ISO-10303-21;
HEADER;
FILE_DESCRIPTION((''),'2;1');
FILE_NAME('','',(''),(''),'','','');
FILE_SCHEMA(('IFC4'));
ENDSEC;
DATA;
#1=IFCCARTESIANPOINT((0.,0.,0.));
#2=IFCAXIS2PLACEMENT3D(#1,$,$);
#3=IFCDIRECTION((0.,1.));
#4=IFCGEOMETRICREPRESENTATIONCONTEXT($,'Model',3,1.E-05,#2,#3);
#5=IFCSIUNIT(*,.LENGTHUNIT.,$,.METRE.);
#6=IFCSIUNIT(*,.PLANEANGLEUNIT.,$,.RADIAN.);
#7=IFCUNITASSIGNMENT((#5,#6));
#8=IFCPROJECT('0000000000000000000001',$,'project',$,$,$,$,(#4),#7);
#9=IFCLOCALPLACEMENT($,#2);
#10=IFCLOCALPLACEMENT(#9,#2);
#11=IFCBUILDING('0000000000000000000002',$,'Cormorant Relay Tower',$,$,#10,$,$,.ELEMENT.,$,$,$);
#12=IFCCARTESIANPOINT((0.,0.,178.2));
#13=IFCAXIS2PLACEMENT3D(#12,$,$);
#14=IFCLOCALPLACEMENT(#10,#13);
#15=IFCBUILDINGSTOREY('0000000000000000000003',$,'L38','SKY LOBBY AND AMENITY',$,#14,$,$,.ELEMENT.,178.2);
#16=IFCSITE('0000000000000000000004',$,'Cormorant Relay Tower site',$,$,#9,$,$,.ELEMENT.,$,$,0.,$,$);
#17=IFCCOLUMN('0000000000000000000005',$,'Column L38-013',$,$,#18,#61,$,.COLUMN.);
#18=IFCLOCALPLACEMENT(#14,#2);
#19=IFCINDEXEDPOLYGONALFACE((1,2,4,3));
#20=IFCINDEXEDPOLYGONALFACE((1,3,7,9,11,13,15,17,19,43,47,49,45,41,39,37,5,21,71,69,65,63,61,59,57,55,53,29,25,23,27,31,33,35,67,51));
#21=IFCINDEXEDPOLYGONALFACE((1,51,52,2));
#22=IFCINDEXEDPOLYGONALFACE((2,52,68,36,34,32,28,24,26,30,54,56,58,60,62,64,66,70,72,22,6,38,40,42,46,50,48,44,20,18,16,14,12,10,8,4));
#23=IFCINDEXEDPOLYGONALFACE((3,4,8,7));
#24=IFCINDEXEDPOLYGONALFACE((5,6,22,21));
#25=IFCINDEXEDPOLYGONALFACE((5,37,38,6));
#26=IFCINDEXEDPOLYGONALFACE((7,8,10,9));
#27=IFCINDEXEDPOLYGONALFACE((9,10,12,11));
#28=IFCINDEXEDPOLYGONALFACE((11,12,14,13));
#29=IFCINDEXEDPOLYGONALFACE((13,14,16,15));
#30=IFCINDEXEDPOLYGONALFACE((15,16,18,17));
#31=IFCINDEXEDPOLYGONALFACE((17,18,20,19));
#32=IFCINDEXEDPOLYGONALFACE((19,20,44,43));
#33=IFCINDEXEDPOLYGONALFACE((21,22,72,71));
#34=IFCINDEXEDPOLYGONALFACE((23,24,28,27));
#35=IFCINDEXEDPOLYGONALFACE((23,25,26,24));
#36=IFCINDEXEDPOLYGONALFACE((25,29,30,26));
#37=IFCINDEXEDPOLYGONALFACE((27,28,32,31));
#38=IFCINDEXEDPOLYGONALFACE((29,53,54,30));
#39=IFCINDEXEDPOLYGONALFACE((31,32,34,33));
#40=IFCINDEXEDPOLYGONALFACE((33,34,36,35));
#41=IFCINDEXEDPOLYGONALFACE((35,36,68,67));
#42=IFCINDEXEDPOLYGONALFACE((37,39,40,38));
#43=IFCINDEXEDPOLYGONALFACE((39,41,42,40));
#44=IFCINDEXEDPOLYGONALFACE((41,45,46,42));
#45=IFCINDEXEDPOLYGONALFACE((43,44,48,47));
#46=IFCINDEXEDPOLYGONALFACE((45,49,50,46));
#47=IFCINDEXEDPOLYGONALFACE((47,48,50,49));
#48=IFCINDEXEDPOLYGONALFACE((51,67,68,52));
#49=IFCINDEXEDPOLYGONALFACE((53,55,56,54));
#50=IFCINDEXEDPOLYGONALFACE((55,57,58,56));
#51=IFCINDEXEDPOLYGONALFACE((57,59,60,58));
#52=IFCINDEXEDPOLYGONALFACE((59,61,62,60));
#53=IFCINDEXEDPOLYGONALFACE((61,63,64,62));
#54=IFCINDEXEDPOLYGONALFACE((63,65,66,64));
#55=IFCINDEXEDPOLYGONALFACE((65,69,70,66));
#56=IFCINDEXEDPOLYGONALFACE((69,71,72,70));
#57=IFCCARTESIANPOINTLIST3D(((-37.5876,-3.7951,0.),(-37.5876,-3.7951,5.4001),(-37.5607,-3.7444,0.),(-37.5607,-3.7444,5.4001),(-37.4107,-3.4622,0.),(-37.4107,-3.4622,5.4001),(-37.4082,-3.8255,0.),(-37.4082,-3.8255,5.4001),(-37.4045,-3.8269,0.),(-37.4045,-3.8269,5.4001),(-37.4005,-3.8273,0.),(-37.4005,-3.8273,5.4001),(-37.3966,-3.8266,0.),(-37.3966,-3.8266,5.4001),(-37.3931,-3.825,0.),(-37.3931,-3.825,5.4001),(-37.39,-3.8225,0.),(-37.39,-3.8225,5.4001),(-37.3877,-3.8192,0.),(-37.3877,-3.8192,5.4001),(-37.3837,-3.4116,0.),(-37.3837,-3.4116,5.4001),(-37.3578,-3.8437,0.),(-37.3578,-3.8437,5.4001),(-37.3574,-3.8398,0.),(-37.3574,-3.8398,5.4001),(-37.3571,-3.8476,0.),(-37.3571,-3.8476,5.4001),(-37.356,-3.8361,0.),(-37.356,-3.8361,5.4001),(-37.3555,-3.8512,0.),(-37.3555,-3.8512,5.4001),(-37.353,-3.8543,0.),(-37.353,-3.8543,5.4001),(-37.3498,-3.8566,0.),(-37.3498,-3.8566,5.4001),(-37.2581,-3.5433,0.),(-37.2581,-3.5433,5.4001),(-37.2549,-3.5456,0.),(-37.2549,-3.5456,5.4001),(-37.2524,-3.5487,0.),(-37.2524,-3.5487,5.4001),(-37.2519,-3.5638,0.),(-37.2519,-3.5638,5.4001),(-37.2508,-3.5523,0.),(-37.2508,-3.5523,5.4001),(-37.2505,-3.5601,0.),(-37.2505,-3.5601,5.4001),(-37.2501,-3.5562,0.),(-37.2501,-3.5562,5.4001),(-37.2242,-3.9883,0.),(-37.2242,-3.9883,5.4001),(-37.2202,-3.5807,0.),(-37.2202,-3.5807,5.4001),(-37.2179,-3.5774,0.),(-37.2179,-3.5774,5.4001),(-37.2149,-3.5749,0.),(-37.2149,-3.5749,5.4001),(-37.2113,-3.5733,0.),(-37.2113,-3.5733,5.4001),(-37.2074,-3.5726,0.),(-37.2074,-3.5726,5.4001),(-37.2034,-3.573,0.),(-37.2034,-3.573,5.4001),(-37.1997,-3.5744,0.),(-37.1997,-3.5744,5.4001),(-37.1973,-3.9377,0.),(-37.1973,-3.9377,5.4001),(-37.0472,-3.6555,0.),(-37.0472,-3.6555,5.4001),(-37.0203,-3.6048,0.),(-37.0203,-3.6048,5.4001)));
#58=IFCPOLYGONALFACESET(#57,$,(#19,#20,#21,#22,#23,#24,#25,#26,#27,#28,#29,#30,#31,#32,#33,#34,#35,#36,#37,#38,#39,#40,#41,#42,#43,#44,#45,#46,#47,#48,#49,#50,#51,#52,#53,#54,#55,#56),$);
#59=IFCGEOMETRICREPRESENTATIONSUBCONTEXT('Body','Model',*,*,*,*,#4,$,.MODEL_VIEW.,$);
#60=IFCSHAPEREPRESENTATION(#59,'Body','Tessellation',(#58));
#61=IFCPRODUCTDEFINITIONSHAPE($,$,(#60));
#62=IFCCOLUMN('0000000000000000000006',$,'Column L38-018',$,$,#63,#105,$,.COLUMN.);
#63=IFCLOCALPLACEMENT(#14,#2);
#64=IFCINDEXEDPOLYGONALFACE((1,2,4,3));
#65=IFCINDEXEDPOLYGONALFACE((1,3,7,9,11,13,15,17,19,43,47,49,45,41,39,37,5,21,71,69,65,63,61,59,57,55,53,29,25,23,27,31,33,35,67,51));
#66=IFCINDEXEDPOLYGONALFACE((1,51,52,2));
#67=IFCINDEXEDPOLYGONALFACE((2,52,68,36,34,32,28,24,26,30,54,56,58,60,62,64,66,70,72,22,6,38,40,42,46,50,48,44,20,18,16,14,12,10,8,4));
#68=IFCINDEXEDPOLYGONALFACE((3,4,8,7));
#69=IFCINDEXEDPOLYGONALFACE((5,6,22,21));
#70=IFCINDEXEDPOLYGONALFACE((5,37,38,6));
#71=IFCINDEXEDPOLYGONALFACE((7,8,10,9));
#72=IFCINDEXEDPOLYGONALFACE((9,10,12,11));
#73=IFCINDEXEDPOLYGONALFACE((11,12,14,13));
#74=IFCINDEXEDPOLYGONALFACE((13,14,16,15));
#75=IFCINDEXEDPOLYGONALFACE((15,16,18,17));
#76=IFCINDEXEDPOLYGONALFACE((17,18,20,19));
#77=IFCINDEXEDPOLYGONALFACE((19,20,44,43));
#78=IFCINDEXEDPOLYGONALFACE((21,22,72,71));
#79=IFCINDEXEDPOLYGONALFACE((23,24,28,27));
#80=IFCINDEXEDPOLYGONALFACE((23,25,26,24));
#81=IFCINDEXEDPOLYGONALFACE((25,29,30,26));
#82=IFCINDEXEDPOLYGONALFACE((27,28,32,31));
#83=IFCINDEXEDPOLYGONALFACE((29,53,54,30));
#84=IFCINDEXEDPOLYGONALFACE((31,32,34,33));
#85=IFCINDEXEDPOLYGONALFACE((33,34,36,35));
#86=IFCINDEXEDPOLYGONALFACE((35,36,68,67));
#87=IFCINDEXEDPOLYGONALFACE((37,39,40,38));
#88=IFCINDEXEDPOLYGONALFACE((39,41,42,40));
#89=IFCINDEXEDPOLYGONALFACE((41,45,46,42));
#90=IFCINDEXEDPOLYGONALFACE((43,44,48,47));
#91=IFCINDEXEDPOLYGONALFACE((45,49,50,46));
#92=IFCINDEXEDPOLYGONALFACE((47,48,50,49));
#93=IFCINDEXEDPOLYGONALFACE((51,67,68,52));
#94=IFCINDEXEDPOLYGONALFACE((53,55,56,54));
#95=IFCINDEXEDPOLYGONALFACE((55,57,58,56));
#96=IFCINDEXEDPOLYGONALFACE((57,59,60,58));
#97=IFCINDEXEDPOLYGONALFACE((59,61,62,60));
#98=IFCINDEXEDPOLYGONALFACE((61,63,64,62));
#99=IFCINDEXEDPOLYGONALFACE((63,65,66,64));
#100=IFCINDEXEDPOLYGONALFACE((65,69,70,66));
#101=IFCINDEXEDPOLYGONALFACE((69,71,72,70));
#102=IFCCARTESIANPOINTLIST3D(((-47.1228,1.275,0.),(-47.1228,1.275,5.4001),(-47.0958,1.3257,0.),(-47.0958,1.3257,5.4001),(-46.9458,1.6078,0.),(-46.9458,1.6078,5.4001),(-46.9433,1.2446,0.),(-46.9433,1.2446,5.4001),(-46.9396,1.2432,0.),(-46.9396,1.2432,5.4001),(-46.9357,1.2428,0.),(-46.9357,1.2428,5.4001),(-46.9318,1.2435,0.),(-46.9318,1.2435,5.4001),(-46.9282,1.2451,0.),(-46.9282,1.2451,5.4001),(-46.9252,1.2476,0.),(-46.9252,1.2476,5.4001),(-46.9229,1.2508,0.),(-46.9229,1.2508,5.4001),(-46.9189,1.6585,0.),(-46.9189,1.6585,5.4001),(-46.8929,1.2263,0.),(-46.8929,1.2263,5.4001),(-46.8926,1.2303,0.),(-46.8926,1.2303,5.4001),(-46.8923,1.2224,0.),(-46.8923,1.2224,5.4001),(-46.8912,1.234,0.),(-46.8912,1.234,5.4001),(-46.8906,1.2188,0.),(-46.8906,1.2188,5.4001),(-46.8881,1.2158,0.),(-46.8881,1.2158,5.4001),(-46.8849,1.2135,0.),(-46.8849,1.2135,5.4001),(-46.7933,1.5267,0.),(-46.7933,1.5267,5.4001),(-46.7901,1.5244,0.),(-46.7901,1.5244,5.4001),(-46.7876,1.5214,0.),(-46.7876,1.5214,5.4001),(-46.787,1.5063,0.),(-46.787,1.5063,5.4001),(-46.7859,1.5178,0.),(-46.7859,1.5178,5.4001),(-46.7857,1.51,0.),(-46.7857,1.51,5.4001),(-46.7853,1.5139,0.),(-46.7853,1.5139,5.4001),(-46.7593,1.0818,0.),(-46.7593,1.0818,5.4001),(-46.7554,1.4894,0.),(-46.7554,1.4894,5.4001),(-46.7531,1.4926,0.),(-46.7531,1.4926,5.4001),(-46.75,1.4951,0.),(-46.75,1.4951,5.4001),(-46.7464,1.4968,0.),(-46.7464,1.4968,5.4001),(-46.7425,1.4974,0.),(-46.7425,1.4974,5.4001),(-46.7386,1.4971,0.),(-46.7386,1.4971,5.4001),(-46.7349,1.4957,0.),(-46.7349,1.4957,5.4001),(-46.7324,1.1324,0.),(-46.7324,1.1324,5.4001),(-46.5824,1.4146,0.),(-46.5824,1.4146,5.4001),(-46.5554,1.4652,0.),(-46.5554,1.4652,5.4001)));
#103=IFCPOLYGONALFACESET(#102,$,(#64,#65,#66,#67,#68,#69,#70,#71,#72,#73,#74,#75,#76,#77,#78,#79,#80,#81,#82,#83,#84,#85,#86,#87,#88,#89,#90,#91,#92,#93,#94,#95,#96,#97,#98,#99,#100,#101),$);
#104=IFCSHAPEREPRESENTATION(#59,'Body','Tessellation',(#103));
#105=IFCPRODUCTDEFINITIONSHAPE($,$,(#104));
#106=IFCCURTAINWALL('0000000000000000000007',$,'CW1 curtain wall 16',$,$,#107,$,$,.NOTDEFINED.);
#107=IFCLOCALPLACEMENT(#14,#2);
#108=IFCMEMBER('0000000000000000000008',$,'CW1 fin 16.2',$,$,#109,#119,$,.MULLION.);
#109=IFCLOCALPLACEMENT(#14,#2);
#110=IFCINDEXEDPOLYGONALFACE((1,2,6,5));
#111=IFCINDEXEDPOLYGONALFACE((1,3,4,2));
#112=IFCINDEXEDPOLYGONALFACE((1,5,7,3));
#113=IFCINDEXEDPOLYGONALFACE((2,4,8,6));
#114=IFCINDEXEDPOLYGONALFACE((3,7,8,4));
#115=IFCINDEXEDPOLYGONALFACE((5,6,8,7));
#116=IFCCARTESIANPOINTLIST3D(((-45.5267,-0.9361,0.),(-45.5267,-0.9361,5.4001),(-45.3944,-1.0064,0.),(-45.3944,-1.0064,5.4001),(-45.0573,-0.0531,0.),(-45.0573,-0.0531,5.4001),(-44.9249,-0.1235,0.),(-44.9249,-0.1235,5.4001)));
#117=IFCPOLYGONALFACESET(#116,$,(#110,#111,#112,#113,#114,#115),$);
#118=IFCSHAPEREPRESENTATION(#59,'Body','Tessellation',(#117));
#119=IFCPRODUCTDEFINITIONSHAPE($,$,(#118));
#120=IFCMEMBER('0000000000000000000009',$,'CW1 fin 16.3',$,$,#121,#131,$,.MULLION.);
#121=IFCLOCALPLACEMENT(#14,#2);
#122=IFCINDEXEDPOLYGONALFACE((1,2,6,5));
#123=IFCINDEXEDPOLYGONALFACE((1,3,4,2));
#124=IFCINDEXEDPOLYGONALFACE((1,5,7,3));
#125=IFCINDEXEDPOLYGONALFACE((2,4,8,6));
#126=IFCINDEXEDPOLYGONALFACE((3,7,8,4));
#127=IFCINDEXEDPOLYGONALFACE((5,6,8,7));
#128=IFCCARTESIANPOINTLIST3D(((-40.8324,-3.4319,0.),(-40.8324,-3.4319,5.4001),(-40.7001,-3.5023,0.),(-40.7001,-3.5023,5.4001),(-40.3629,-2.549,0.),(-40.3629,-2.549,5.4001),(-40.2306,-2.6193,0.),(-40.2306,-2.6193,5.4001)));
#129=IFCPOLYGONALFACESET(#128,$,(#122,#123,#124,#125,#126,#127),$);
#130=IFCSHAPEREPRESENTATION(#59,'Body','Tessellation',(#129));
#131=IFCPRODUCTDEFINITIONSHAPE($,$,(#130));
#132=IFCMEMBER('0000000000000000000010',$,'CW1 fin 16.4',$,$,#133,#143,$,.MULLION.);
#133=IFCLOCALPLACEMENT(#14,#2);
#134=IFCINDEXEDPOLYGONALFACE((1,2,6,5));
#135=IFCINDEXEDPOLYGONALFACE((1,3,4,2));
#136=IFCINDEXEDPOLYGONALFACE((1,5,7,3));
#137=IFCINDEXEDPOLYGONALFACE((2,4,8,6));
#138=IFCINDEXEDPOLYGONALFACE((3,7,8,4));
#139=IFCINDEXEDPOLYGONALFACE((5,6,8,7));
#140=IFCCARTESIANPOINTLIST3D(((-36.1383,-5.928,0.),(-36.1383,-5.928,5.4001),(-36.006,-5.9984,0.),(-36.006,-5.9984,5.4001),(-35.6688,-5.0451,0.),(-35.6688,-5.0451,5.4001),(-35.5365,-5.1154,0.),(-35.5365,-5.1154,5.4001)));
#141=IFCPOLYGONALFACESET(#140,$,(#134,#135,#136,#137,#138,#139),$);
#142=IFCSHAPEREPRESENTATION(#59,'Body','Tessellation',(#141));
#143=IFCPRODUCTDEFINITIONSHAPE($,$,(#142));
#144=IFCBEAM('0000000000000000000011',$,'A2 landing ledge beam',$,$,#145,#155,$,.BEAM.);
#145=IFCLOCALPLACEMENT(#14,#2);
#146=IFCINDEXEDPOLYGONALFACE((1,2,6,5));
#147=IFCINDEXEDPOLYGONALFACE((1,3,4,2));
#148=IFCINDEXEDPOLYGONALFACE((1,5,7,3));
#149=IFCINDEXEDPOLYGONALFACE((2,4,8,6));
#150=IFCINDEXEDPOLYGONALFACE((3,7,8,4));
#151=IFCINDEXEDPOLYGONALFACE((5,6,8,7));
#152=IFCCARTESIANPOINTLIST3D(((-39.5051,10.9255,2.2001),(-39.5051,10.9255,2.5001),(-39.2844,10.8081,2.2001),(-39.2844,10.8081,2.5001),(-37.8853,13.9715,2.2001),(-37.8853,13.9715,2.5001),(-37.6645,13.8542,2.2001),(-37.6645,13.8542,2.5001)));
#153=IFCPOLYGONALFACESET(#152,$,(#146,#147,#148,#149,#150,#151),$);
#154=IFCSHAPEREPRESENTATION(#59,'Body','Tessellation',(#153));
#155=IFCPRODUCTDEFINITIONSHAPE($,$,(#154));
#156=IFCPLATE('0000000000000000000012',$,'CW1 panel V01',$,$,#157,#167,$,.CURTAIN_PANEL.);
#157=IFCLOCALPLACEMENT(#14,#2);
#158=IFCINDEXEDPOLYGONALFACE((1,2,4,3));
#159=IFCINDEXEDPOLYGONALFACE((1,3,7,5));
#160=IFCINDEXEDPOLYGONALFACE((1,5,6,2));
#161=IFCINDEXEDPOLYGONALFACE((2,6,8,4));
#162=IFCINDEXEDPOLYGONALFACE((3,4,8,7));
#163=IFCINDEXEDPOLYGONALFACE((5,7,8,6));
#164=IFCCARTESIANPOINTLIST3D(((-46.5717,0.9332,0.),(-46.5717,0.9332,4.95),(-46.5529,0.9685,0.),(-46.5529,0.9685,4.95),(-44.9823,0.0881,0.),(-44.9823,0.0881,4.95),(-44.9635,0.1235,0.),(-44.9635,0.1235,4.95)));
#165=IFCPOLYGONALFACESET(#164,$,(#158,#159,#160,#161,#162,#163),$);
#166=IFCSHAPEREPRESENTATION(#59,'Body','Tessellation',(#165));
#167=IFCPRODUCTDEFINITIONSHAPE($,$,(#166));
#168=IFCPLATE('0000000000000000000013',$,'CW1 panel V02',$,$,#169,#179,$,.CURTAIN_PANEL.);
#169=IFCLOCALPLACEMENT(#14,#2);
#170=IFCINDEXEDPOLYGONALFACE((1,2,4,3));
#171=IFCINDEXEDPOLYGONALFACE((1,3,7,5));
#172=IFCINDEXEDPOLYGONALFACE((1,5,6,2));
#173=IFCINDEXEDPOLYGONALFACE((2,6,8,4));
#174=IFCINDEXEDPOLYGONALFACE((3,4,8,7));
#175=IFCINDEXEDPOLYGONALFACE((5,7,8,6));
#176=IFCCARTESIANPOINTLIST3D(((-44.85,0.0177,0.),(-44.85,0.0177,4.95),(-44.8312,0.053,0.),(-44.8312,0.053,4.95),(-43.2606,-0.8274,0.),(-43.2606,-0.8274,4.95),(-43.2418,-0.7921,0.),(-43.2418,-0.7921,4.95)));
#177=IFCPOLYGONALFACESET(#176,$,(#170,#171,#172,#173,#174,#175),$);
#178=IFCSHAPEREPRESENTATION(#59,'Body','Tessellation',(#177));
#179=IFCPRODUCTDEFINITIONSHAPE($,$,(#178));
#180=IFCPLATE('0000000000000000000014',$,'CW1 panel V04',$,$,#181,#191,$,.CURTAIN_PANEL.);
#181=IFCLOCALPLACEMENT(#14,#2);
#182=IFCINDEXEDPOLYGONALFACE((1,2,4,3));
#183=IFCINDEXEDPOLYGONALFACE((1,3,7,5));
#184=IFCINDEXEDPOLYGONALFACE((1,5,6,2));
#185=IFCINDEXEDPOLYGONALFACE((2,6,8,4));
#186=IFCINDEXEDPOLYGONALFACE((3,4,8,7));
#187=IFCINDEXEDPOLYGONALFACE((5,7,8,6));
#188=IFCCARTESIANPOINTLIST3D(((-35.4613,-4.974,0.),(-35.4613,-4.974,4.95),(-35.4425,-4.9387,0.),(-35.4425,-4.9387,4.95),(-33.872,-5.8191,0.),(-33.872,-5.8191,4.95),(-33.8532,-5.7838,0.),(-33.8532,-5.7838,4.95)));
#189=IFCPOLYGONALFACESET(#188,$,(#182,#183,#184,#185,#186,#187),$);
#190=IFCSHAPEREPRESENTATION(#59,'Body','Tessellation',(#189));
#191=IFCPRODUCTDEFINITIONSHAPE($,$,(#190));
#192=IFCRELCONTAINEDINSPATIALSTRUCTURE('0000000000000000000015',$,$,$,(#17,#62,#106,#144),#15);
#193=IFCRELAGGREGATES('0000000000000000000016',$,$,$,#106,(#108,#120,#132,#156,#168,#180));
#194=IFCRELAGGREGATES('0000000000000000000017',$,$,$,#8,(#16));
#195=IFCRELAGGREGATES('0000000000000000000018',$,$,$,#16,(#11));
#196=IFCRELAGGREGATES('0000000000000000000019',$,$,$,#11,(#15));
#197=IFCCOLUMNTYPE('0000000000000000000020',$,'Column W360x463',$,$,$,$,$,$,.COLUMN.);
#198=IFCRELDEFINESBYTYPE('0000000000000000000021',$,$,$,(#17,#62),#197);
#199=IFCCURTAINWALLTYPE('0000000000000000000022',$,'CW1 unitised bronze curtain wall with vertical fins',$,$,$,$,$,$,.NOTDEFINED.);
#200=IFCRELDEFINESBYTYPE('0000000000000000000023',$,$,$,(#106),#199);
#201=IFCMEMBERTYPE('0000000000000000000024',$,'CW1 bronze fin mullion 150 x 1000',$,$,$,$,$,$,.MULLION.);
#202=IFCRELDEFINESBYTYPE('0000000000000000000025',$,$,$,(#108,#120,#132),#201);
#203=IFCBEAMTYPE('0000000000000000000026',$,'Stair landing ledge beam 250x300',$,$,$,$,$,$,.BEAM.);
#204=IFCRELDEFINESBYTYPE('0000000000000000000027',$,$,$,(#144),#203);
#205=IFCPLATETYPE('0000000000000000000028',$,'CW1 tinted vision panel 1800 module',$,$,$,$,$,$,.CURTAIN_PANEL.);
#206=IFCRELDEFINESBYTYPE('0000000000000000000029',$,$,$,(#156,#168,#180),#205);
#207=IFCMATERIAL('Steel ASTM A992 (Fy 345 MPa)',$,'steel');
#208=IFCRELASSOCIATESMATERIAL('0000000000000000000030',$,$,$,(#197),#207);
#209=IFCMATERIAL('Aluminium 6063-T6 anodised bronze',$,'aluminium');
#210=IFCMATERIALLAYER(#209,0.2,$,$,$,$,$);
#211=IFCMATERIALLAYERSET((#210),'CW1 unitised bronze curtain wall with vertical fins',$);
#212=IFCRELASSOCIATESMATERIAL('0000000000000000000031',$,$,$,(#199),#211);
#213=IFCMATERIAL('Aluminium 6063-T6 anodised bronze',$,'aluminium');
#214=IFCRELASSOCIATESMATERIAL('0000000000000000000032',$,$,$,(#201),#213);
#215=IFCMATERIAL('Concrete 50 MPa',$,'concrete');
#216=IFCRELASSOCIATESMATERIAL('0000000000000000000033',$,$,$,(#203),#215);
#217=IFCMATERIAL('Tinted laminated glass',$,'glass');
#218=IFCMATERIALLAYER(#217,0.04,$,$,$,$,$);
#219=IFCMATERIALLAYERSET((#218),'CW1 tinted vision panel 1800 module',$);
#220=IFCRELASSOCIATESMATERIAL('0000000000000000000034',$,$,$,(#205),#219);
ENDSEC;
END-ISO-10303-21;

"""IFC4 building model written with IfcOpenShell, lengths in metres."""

from ifc_helpers import new_model, si_unit, direction, frame, origin, origin_2d, place, context, subcontext, project, spatial, rectangle, i_section, extrude, material, layer, layer_set, material_profile, profile_set, type_object, element, aggregate, save


model = new_model("IFC4")

# Units and contexts
model_context = context("Model", 3, precision=1e-05, world=origin(), true_north=direction((0.0, 1.0)))
body_context = subcontext(model_context, "Body", "Model", "MODEL_VIEW")
ifc_project = project(units=[si_unit("LENGTHUNIT", "METRE"), si_unit("PLANEANGLEUNIT", "RADIAN")], contexts=[model_context])

# Site, building, storey
site_placement = place(None, origin())
site = spatial("IfcSite", under=ifc_project, at=site_placement, Name="Cormorant Relay Tower site", CompositionType="ELEMENT", RefElevation=0.0)
building_placement = place(site_placement, origin())
building = spatial("IfcBuilding", under=site, at=building_placement, Name="Cormorant Relay Tower", CompositionType="ELEMENT")
storey_placement = place(building_placement, frame((0.0, 0.0, 178.2)))
storey = spatial("IfcBuildingStorey", under=building, at=storey_placement, Name="L38", Description="SKY LOBBY AND AMENITY", CompositionType="ELEMENT", Elevation=178.2)

# Columns
ifc_material_1 = material(Name="Steel ASTM A992 (Fy 345 MPa)", Category="steel")
ifc_material_profile_1 = material_profile(ifc_material_1, i_section(OverallWidth=0.4116, OverallDepth=0.4343, WebThickness=0.0359, FlangeThickness=0.0574, FilletRadius=0.0151, at=origin_2d()), Name="W360x463")
ifc_profile_set_1 = profile_set([ifc_material_profile_1], Name="Steel ASTM A992 (Fy 345 MPa)")
column_type = type_object("IfcColumnType", Name="Column W360x463", PredefinedType="COLUMN", material=ifc_profile_set_1)
for number, where, z_axis, x_axis, name in (
    (1, (-37.304, -3.7, 0.0), (0.0, 0.0, 1.0), (0.882948, -0.469472, 0.0), "Column L38-013"),
    (2, (-46.8391, 1.3701, 0.0), (0.0, 0.0, 1.0), (0.882948, -0.469472, 0.0), "Column L38-018"),
):
    element("IfcColumn", number, at=place(storey_placement, frame(where, z_axis=z_axis, x_axis=x_axis)), inside=storey, type_object=column_type, Name=name, PredefinedType="COLUMN", context=body_context, shape_type="SweptSolid", body=[
        extrude(i_section(OverallWidth=0.4116, OverallDepth=0.4343, WebThickness=0.0359, FlangeThickness=0.0574, FilletRadius=0.0151, at=origin_2d()), origin(), (0.0, 0.0, 1.0), 5.4001),
    ])

# Curtain wall, members
ifc_material_2 = material(Name="Aluminium 6063-T6 anodised bronze", Category="aluminium")
ifc_layer_1 = layer(ifc_material_2, 0.2)
ifc_layer_set_1 = layer_set([ifc_layer_1], Name="CW1 unitised bronze curtain wall with vertical fins")
curtain_wall_type = type_object("IfcCurtainWallType", Name="CW1 unitised bronze curtain wall with vertical fins", PredefinedType="NOTDEFINED", material=ifc_layer_set_1)
curtain_wall_placement = place(storey_placement, origin())
curtain_wall = element("IfcCurtainWall", 3, at=curtain_wall_placement, inside=storey, type_object=curtain_wall_type, Name="CW1 curtain wall 16", PredefinedType="NOTDEFINED")
ifc_material_3 = material(Name="Aluminium 6063-T6 anodised bronze", Category="aluminium")
ifc_material_profile_2 = material_profile(ifc_material_3, rectangle(XDim=0.1499, YDim=1.0, at=origin_2d()), Name="AL 150x1000")
ifc_profile_set_2 = profile_set([ifc_material_profile_2], Name="Aluminium 6063-T6 anodised bronze")
member_type = type_object("IfcMemberType", Name="CW1 bronze fin mullion 150 x 1000", PredefinedType="MULLION", material=ifc_profile_set_2)
member_1_placement = place(storey_placement, frame((-45.2258, -0.5298, 0.0), z_axis=(0.0, 0.0, 1.0), x_axis=(0.882948, -0.469472, 0.0)))
member_1 = element("IfcMember", 4, at=member_1_placement, type_object=member_type, Name="CW1 fin 16.2", PredefinedType="MULLION", context=body_context, shape_type="SweptSolid", body=[
    extrude(rectangle(XDim=0.1499, YDim=1.0, at=origin_2d()), origin(), (0.0, 0.0, 1.0), 5.4001),
])
member_2_placement = place(storey_placement, frame((-40.5315, -3.0256, 0.0), z_axis=(0.0, 0.0, 1.0), x_axis=(0.882948, -0.469472, 0.0)))
member_2 = element("IfcMember", 5, at=member_2_placement, type_object=member_type, Name="CW1 fin 16.3", PredefinedType="MULLION", context=body_context, shape_type="SweptSolid", body=[
    extrude(rectangle(XDim=0.1499, YDim=1.0, at=origin_2d()), origin(), (0.0, 0.0, 1.0), 5.4001),
])
member_3_placement = place(storey_placement, frame((-35.8374, -5.5217, 0.0), z_axis=(0.0, 0.0, 1.0), x_axis=(0.882948, -0.469472, 0.0)))
member_3 = element("IfcMember", 6, at=member_3_placement, type_object=member_type, Name="CW1 fin 16.4", PredefinedType="MULLION", context=body_context, shape_type="SweptSolid", body=[
    extrude(rectangle(XDim=0.1499, YDim=1.0, at=origin_2d()), origin(), (0.0, 0.0, 1.0), 5.4001),
])

# Beam
ifc_material_4 = material(Name="Concrete 50 MPa", Category="concrete")
ifc_material_profile_3 = material_profile(ifc_material_4, rectangle(XDim=0.25, YDim=0.3, at=origin_2d()), Name="RC 250x300")
ifc_profile_set_3 = profile_set([ifc_material_profile_3], Name="Concrete 50 MPa")
beam_type = type_object("IfcBeamType", Name="Stair landing ledge beam 250x300", PredefinedType="BEAM", material=ifc_profile_set_3)
beam_placement = place(storey_placement, frame((-37.7749, 13.9128, 2.3501), z_axis=(-0.469519, -0.882922, 0.0), x_axis=(0.882922, -0.469519, 0.0)))
element("IfcBeam", 7, at=beam_placement, inside=storey, type_object=beam_type, Name="A2 landing ledge beam", PredefinedType="BEAM", context=body_context, shape_type="SweptSolid", body=[
    extrude(rectangle(XDim=0.25, YDim=0.3, at=origin_2d()), origin(), (0.0, 0.0, 1.0), 3.45),
])

# Plates
ifc_material_5 = material(Name="Tinted laminated glass", Category="glass")
ifc_layer_2 = layer(ifc_material_5, 0.04)
ifc_layer_set_2 = layer_set([ifc_layer_2], Name="CW1 tinted vision panel 1800 module")
plate_type = type_object("IfcPlateType", Name="CW1 tinted vision panel 1800 module", PredefinedType="CURTAIN_PANEL", material=ifc_layer_set_2)
plate_1_placement = place(storey_placement, frame((-45.7676, 0.5283, 0.0), z_axis=(0.0, 0.0, 1.0), x_axis=(0.882948, -0.469472, 0.0)))
plate_1 = element("IfcPlate", 8, at=plate_1_placement, type_object=plate_type, Name="CW1 panel V01", PredefinedType="CURTAIN_PANEL", context=body_context, shape_type="SweptSolid", body=[
    extrude(rectangle(XDim=1.8, YDim=0.04, at=origin_2d()), origin(), (0.0, 0.0, 1.0), 4.95),
])
plate_2_placement = place(storey_placement, frame((-44.0459, -0.3872, 0.0), z_axis=(0.0, 0.0, 1.0), x_axis=(0.882948, -0.469472, 0.0)))
plate_2 = element("IfcPlate", 9, at=plate_2_placement, type_object=plate_type, Name="CW1 panel V02", PredefinedType="CURTAIN_PANEL", context=body_context, shape_type="SweptSolid", body=[
    extrude(rectangle(XDim=1.8, YDim=0.04, at=origin_2d()), origin(), (0.0, 0.0, 1.0), 4.95),
])
plate_3_placement = place(storey_placement, frame((-34.6572, -5.3789, 0.0), z_axis=(0.0, 0.0, 1.0), x_axis=(0.882948, -0.469472, 0.0)))
plate_3 = element("IfcPlate", 10, at=plate_3_placement, type_object=plate_type, Name="CW1 panel V04", PredefinedType="CURTAIN_PANEL", context=body_context, shape_type="SweptSolid", body=[
    extrude(rectangle(XDim=1.8, YDim=0.04, at=origin_2d()), origin(), (0.0, 0.0, 1.0), 4.95),
])

aggregate(curtain_wall, [member_1, member_2, member_3, plate_1, plate_2, plate_3])

save(model, "model.ifc")
